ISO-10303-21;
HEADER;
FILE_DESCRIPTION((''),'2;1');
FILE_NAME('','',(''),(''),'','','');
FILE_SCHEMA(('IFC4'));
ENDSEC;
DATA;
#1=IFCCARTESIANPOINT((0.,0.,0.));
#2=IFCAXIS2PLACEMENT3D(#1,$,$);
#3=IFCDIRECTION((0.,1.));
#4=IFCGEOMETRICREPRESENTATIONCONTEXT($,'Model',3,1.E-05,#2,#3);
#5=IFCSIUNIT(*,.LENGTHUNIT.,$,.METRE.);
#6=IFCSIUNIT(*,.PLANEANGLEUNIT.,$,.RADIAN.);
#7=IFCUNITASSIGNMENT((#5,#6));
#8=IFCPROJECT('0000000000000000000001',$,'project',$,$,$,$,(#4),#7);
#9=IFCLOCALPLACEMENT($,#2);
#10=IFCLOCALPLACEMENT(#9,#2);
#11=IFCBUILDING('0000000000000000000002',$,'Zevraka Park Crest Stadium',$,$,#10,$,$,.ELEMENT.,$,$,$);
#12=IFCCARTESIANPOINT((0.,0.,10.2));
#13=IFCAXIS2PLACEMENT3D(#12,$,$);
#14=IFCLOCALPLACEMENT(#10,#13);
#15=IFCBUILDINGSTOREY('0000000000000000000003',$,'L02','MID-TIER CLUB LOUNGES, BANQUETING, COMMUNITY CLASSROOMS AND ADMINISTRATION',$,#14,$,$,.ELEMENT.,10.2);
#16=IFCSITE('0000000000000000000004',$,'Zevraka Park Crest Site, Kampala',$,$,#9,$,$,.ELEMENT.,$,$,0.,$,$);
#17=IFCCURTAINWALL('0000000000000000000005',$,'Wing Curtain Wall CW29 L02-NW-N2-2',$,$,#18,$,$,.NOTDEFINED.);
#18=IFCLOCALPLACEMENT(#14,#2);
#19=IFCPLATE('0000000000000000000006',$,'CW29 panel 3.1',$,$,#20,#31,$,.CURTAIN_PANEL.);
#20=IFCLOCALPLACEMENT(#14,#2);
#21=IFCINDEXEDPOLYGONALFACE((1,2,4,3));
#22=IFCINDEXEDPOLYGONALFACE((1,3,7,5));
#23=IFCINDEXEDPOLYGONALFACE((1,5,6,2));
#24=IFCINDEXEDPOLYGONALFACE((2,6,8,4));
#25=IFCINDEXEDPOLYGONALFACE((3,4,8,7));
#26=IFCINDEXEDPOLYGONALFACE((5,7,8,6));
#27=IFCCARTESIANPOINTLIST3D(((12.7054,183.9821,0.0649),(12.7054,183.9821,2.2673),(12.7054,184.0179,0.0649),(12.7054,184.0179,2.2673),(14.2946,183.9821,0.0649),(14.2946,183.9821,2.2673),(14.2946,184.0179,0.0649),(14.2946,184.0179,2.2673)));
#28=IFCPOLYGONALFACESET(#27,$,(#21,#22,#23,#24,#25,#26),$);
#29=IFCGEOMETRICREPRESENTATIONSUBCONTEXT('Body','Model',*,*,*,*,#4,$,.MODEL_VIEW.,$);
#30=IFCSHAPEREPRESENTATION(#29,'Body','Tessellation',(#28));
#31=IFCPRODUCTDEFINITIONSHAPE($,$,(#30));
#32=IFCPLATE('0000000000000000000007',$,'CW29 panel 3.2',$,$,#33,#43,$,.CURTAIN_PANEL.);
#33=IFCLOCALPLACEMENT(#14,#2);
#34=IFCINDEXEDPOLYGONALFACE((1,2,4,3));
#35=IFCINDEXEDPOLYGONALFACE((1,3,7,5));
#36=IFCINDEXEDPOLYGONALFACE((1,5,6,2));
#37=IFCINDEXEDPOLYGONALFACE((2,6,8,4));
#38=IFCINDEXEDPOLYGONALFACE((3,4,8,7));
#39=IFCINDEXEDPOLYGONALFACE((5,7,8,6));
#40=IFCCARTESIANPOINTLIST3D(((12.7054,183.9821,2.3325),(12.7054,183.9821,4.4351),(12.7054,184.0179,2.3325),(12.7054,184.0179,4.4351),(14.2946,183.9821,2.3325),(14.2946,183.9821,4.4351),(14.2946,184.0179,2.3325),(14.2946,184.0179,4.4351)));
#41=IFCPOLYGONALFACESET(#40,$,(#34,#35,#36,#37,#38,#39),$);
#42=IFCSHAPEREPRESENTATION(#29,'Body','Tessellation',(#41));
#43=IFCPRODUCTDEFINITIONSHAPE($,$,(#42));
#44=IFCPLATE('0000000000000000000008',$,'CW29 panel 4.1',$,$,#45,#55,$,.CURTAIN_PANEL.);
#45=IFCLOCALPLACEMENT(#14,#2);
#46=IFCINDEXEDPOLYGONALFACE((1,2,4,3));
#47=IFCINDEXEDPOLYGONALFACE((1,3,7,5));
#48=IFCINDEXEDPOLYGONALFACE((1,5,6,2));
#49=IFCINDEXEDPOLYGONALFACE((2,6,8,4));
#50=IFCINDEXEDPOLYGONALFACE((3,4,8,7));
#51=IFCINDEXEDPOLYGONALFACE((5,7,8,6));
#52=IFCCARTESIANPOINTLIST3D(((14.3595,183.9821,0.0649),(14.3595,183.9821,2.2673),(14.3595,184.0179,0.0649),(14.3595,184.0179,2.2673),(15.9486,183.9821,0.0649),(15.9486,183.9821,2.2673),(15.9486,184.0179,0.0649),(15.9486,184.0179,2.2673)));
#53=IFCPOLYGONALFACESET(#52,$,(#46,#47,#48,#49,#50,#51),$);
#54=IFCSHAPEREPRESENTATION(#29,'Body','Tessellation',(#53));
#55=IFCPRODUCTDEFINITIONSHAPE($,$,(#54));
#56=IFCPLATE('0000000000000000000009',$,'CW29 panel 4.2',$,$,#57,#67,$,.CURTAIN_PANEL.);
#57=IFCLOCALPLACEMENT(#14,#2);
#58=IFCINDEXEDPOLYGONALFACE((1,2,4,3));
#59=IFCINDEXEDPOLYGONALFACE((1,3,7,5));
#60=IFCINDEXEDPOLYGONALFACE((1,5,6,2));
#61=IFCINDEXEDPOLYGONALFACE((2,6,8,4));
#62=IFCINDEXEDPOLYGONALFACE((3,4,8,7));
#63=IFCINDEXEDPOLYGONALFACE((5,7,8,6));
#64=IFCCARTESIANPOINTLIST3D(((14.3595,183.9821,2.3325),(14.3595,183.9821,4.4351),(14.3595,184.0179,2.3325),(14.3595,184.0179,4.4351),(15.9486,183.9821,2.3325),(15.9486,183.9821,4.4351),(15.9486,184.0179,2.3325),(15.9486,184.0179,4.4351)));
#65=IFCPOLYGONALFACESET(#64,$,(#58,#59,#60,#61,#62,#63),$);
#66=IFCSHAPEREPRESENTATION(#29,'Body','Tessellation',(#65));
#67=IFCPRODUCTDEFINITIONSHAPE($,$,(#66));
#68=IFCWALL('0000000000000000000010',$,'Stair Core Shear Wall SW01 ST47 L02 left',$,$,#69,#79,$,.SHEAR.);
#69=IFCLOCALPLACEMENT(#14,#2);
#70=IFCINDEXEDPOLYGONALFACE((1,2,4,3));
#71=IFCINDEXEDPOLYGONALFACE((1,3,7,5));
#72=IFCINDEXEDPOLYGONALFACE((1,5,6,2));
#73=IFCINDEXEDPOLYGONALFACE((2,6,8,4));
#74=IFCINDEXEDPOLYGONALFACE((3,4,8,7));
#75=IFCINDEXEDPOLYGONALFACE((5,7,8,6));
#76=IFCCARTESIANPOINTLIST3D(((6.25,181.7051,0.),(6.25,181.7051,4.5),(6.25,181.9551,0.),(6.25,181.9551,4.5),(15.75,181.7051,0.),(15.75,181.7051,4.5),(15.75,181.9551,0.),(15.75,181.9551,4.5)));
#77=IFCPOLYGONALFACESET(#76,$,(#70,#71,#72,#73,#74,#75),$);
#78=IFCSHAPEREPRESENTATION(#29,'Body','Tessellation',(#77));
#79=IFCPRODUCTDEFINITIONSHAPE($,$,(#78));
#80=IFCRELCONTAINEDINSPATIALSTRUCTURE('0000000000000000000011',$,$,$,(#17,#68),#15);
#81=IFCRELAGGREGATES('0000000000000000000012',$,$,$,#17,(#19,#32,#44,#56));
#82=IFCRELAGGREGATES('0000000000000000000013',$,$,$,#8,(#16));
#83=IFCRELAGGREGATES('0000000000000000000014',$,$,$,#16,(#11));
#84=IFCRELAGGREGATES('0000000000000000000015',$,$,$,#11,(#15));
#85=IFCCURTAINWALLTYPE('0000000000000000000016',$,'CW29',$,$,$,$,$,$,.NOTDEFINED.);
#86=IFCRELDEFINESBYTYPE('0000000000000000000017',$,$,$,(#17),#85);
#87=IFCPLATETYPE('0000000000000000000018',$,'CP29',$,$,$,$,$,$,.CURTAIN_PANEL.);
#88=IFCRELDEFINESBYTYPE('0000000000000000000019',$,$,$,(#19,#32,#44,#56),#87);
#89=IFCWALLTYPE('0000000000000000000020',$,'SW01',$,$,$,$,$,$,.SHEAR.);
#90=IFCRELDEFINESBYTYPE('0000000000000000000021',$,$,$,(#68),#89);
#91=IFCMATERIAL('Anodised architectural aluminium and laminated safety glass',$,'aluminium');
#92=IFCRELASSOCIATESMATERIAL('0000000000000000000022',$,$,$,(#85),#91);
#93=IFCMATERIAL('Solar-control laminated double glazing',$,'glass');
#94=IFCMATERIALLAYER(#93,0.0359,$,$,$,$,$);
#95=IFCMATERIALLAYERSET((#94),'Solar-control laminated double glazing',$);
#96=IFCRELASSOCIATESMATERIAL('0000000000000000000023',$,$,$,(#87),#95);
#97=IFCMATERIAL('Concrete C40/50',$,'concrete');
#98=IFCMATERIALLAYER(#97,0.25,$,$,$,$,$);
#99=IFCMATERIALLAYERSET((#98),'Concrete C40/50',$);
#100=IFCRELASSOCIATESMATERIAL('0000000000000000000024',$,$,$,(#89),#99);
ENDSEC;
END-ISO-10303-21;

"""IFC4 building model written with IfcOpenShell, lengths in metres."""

from ifc_helpers import new_model, si_unit, direction, frame, frame_2d, origin, origin_2d, place, context, subcontext, project, spatial, rectangle, extrude, material, layer, layer_set, type_object, element, aggregate, save


model = new_model("IFC4")

# Units and contexts
model_context = context("Model", 3, precision=1e-05, world=origin(), true_north=direction((0.0, 1.0)))
body_context = subcontext(model_context, "Body", "Model", "MODEL_VIEW")
ifc_project = project(units=[si_unit("LENGTHUNIT", "METRE"), si_unit("PLANEANGLEUNIT", "RADIAN")], contexts=[model_context])

# Site, building, storey
site_placement = place(None, origin())
site = spatial("IfcSite", under=ifc_project, at=site_placement, Name="Zevraka Park Crest Site, Kampala", CompositionType="ELEMENT", RefElevation=0.0)
building_placement = place(site_placement, origin())
building = spatial("IfcBuilding", under=site, at=building_placement, Name="Zevraka Park Crest Stadium", CompositionType="ELEMENT")
storey_placement = place(building_placement, frame((0.0, 0.0, 10.2)))
storey = spatial("IfcBuildingStorey", under=building, at=storey_placement, Name="L02", Description="MID-TIER CLUB LOUNGES, BANQUETING, COMMUNITY CLASSROOMS AND ADMINISTRATION", CompositionType="ELEMENT", Elevation=10.2)

# Curtain wall, plates
ifc_material_1 = material(Name="Anodised architectural aluminium and laminated safety glass", Category="aluminium")
curtain_wall_type = type_object("IfcCurtainWallType", Name="CW29", PredefinedType="NOTDEFINED", material=ifc_material_1)
curtain_wall_placement = place(storey_placement, origin())
curtain_wall = element("IfcCurtainWall", 1, at=curtain_wall_placement, inside=storey, type_object=curtain_wall_type, Name="Wing Curtain Wall CW29 L02-NW-N2-2", PredefinedType="NOTDEFINED")
ifc_material_2 = material(Name="Solar-control laminated double glazing", Category="glass")
ifc_layer_1 = layer(ifc_material_2, 0.0359)
ifc_layer_set_1 = layer_set([ifc_layer_1], Name="Solar-control laminated double glazing")
plate_type = type_object("IfcPlateType", Name="CP29", PredefinedType="CURTAIN_PANEL", material=ifc_layer_set_1)
plate_1_placement = place(storey_placement, frame((13.5, 184.0, 0.0649), z_axis=(0.0, 0.0, 1.0), x_axis=(1.0, 0.0, 0.0)))
plate_1 = element("IfcPlate", 2, at=plate_1_placement, type_object=plate_type, Name="CW29 panel 3.1", PredefinedType="CURTAIN_PANEL", context=body_context, shape_type="SweptSolid", body=[
    extrude(rectangle(XDim=1.5891, YDim=0.0359, at=origin_2d()), origin(), (0.0, 0.0, 1.0), 2.2024),
])
plate_2_placement = place(storey_placement, frame((13.5, 184.0, 2.3325), z_axis=(0.0, 0.0, 1.0), x_axis=(1.0, 0.0, 0.0)))
plate_2 = element("IfcPlate", 3, at=plate_2_placement, type_object=plate_type, Name="CW29 panel 3.2", PredefinedType="CURTAIN_PANEL", context=body_context, shape_type="SweptSolid", body=[
    extrude(rectangle(XDim=1.5891, YDim=0.0359, at=origin_2d()), origin(), (0.0, 0.0, 1.0), 2.1025),
])
plate_3_placement = place(storey_placement, frame((15.1541, 184.0, 0.0649), z_axis=(0.0, 0.0, 1.0), x_axis=(1.0, 0.0, 0.0)))
plate_3 = element("IfcPlate", 4, at=plate_3_placement, type_object=plate_type, Name="CW29 panel 4.1", PredefinedType="CURTAIN_PANEL", context=body_context, shape_type="SweptSolid", body=[
    extrude(rectangle(XDim=1.5891, YDim=0.0359, at=origin_2d()), origin(), (0.0, 0.0, 1.0), 2.2024),
])
plate_4_placement = place(storey_placement, frame((15.1541, 184.0, 2.3325), z_axis=(0.0, 0.0, 1.0), x_axis=(1.0, 0.0, 0.0)))
plate_4 = element("IfcPlate", 5, at=plate_4_placement, type_object=plate_type, Name="CW29 panel 4.2", PredefinedType="CURTAIN_PANEL", context=body_context, shape_type="SweptSolid", body=[
    extrude(rectangle(XDim=1.5891, YDim=0.0359, at=origin_2d()), origin(), (0.0, 0.0, 1.0), 2.1025),
])
aggregate(curtain_wall, [plate_1, plate_2, plate_3, plate_4])

# Wall
ifc_material_3 = material(Name="Concrete C40/50", Category="concrete")
ifc_layer_2 = layer(ifc_material_3, 0.25)
ifc_layer_set_2 = layer_set([ifc_layer_2], Name="Concrete C40/50")
wall_type = type_object("IfcWallType", Name="SW01", PredefinedType="SHEAR", material=ifc_layer_set_2)
wall_placement = place(storey_placement, frame((15.75, 181.8301, 0.0), z_axis=(0.0, 0.0, 1.0), x_axis=(-1.0, 0.0, 0.0)))
element("IfcWall", 6, at=wall_placement, inside=storey, type_object=wall_type, Name="Stair Core Shear Wall SW01 ST47 L02 left", PredefinedType="SHEAR", context=body_context, shape_type="SweptSolid", body=[
    extrude(rectangle(XDim=9.5, YDim=0.25, at=frame_2d((4.75, 0.0))), origin(), (0.0, 0.0, 1.0), 4.5),
])

save(model, "model.ifc")
